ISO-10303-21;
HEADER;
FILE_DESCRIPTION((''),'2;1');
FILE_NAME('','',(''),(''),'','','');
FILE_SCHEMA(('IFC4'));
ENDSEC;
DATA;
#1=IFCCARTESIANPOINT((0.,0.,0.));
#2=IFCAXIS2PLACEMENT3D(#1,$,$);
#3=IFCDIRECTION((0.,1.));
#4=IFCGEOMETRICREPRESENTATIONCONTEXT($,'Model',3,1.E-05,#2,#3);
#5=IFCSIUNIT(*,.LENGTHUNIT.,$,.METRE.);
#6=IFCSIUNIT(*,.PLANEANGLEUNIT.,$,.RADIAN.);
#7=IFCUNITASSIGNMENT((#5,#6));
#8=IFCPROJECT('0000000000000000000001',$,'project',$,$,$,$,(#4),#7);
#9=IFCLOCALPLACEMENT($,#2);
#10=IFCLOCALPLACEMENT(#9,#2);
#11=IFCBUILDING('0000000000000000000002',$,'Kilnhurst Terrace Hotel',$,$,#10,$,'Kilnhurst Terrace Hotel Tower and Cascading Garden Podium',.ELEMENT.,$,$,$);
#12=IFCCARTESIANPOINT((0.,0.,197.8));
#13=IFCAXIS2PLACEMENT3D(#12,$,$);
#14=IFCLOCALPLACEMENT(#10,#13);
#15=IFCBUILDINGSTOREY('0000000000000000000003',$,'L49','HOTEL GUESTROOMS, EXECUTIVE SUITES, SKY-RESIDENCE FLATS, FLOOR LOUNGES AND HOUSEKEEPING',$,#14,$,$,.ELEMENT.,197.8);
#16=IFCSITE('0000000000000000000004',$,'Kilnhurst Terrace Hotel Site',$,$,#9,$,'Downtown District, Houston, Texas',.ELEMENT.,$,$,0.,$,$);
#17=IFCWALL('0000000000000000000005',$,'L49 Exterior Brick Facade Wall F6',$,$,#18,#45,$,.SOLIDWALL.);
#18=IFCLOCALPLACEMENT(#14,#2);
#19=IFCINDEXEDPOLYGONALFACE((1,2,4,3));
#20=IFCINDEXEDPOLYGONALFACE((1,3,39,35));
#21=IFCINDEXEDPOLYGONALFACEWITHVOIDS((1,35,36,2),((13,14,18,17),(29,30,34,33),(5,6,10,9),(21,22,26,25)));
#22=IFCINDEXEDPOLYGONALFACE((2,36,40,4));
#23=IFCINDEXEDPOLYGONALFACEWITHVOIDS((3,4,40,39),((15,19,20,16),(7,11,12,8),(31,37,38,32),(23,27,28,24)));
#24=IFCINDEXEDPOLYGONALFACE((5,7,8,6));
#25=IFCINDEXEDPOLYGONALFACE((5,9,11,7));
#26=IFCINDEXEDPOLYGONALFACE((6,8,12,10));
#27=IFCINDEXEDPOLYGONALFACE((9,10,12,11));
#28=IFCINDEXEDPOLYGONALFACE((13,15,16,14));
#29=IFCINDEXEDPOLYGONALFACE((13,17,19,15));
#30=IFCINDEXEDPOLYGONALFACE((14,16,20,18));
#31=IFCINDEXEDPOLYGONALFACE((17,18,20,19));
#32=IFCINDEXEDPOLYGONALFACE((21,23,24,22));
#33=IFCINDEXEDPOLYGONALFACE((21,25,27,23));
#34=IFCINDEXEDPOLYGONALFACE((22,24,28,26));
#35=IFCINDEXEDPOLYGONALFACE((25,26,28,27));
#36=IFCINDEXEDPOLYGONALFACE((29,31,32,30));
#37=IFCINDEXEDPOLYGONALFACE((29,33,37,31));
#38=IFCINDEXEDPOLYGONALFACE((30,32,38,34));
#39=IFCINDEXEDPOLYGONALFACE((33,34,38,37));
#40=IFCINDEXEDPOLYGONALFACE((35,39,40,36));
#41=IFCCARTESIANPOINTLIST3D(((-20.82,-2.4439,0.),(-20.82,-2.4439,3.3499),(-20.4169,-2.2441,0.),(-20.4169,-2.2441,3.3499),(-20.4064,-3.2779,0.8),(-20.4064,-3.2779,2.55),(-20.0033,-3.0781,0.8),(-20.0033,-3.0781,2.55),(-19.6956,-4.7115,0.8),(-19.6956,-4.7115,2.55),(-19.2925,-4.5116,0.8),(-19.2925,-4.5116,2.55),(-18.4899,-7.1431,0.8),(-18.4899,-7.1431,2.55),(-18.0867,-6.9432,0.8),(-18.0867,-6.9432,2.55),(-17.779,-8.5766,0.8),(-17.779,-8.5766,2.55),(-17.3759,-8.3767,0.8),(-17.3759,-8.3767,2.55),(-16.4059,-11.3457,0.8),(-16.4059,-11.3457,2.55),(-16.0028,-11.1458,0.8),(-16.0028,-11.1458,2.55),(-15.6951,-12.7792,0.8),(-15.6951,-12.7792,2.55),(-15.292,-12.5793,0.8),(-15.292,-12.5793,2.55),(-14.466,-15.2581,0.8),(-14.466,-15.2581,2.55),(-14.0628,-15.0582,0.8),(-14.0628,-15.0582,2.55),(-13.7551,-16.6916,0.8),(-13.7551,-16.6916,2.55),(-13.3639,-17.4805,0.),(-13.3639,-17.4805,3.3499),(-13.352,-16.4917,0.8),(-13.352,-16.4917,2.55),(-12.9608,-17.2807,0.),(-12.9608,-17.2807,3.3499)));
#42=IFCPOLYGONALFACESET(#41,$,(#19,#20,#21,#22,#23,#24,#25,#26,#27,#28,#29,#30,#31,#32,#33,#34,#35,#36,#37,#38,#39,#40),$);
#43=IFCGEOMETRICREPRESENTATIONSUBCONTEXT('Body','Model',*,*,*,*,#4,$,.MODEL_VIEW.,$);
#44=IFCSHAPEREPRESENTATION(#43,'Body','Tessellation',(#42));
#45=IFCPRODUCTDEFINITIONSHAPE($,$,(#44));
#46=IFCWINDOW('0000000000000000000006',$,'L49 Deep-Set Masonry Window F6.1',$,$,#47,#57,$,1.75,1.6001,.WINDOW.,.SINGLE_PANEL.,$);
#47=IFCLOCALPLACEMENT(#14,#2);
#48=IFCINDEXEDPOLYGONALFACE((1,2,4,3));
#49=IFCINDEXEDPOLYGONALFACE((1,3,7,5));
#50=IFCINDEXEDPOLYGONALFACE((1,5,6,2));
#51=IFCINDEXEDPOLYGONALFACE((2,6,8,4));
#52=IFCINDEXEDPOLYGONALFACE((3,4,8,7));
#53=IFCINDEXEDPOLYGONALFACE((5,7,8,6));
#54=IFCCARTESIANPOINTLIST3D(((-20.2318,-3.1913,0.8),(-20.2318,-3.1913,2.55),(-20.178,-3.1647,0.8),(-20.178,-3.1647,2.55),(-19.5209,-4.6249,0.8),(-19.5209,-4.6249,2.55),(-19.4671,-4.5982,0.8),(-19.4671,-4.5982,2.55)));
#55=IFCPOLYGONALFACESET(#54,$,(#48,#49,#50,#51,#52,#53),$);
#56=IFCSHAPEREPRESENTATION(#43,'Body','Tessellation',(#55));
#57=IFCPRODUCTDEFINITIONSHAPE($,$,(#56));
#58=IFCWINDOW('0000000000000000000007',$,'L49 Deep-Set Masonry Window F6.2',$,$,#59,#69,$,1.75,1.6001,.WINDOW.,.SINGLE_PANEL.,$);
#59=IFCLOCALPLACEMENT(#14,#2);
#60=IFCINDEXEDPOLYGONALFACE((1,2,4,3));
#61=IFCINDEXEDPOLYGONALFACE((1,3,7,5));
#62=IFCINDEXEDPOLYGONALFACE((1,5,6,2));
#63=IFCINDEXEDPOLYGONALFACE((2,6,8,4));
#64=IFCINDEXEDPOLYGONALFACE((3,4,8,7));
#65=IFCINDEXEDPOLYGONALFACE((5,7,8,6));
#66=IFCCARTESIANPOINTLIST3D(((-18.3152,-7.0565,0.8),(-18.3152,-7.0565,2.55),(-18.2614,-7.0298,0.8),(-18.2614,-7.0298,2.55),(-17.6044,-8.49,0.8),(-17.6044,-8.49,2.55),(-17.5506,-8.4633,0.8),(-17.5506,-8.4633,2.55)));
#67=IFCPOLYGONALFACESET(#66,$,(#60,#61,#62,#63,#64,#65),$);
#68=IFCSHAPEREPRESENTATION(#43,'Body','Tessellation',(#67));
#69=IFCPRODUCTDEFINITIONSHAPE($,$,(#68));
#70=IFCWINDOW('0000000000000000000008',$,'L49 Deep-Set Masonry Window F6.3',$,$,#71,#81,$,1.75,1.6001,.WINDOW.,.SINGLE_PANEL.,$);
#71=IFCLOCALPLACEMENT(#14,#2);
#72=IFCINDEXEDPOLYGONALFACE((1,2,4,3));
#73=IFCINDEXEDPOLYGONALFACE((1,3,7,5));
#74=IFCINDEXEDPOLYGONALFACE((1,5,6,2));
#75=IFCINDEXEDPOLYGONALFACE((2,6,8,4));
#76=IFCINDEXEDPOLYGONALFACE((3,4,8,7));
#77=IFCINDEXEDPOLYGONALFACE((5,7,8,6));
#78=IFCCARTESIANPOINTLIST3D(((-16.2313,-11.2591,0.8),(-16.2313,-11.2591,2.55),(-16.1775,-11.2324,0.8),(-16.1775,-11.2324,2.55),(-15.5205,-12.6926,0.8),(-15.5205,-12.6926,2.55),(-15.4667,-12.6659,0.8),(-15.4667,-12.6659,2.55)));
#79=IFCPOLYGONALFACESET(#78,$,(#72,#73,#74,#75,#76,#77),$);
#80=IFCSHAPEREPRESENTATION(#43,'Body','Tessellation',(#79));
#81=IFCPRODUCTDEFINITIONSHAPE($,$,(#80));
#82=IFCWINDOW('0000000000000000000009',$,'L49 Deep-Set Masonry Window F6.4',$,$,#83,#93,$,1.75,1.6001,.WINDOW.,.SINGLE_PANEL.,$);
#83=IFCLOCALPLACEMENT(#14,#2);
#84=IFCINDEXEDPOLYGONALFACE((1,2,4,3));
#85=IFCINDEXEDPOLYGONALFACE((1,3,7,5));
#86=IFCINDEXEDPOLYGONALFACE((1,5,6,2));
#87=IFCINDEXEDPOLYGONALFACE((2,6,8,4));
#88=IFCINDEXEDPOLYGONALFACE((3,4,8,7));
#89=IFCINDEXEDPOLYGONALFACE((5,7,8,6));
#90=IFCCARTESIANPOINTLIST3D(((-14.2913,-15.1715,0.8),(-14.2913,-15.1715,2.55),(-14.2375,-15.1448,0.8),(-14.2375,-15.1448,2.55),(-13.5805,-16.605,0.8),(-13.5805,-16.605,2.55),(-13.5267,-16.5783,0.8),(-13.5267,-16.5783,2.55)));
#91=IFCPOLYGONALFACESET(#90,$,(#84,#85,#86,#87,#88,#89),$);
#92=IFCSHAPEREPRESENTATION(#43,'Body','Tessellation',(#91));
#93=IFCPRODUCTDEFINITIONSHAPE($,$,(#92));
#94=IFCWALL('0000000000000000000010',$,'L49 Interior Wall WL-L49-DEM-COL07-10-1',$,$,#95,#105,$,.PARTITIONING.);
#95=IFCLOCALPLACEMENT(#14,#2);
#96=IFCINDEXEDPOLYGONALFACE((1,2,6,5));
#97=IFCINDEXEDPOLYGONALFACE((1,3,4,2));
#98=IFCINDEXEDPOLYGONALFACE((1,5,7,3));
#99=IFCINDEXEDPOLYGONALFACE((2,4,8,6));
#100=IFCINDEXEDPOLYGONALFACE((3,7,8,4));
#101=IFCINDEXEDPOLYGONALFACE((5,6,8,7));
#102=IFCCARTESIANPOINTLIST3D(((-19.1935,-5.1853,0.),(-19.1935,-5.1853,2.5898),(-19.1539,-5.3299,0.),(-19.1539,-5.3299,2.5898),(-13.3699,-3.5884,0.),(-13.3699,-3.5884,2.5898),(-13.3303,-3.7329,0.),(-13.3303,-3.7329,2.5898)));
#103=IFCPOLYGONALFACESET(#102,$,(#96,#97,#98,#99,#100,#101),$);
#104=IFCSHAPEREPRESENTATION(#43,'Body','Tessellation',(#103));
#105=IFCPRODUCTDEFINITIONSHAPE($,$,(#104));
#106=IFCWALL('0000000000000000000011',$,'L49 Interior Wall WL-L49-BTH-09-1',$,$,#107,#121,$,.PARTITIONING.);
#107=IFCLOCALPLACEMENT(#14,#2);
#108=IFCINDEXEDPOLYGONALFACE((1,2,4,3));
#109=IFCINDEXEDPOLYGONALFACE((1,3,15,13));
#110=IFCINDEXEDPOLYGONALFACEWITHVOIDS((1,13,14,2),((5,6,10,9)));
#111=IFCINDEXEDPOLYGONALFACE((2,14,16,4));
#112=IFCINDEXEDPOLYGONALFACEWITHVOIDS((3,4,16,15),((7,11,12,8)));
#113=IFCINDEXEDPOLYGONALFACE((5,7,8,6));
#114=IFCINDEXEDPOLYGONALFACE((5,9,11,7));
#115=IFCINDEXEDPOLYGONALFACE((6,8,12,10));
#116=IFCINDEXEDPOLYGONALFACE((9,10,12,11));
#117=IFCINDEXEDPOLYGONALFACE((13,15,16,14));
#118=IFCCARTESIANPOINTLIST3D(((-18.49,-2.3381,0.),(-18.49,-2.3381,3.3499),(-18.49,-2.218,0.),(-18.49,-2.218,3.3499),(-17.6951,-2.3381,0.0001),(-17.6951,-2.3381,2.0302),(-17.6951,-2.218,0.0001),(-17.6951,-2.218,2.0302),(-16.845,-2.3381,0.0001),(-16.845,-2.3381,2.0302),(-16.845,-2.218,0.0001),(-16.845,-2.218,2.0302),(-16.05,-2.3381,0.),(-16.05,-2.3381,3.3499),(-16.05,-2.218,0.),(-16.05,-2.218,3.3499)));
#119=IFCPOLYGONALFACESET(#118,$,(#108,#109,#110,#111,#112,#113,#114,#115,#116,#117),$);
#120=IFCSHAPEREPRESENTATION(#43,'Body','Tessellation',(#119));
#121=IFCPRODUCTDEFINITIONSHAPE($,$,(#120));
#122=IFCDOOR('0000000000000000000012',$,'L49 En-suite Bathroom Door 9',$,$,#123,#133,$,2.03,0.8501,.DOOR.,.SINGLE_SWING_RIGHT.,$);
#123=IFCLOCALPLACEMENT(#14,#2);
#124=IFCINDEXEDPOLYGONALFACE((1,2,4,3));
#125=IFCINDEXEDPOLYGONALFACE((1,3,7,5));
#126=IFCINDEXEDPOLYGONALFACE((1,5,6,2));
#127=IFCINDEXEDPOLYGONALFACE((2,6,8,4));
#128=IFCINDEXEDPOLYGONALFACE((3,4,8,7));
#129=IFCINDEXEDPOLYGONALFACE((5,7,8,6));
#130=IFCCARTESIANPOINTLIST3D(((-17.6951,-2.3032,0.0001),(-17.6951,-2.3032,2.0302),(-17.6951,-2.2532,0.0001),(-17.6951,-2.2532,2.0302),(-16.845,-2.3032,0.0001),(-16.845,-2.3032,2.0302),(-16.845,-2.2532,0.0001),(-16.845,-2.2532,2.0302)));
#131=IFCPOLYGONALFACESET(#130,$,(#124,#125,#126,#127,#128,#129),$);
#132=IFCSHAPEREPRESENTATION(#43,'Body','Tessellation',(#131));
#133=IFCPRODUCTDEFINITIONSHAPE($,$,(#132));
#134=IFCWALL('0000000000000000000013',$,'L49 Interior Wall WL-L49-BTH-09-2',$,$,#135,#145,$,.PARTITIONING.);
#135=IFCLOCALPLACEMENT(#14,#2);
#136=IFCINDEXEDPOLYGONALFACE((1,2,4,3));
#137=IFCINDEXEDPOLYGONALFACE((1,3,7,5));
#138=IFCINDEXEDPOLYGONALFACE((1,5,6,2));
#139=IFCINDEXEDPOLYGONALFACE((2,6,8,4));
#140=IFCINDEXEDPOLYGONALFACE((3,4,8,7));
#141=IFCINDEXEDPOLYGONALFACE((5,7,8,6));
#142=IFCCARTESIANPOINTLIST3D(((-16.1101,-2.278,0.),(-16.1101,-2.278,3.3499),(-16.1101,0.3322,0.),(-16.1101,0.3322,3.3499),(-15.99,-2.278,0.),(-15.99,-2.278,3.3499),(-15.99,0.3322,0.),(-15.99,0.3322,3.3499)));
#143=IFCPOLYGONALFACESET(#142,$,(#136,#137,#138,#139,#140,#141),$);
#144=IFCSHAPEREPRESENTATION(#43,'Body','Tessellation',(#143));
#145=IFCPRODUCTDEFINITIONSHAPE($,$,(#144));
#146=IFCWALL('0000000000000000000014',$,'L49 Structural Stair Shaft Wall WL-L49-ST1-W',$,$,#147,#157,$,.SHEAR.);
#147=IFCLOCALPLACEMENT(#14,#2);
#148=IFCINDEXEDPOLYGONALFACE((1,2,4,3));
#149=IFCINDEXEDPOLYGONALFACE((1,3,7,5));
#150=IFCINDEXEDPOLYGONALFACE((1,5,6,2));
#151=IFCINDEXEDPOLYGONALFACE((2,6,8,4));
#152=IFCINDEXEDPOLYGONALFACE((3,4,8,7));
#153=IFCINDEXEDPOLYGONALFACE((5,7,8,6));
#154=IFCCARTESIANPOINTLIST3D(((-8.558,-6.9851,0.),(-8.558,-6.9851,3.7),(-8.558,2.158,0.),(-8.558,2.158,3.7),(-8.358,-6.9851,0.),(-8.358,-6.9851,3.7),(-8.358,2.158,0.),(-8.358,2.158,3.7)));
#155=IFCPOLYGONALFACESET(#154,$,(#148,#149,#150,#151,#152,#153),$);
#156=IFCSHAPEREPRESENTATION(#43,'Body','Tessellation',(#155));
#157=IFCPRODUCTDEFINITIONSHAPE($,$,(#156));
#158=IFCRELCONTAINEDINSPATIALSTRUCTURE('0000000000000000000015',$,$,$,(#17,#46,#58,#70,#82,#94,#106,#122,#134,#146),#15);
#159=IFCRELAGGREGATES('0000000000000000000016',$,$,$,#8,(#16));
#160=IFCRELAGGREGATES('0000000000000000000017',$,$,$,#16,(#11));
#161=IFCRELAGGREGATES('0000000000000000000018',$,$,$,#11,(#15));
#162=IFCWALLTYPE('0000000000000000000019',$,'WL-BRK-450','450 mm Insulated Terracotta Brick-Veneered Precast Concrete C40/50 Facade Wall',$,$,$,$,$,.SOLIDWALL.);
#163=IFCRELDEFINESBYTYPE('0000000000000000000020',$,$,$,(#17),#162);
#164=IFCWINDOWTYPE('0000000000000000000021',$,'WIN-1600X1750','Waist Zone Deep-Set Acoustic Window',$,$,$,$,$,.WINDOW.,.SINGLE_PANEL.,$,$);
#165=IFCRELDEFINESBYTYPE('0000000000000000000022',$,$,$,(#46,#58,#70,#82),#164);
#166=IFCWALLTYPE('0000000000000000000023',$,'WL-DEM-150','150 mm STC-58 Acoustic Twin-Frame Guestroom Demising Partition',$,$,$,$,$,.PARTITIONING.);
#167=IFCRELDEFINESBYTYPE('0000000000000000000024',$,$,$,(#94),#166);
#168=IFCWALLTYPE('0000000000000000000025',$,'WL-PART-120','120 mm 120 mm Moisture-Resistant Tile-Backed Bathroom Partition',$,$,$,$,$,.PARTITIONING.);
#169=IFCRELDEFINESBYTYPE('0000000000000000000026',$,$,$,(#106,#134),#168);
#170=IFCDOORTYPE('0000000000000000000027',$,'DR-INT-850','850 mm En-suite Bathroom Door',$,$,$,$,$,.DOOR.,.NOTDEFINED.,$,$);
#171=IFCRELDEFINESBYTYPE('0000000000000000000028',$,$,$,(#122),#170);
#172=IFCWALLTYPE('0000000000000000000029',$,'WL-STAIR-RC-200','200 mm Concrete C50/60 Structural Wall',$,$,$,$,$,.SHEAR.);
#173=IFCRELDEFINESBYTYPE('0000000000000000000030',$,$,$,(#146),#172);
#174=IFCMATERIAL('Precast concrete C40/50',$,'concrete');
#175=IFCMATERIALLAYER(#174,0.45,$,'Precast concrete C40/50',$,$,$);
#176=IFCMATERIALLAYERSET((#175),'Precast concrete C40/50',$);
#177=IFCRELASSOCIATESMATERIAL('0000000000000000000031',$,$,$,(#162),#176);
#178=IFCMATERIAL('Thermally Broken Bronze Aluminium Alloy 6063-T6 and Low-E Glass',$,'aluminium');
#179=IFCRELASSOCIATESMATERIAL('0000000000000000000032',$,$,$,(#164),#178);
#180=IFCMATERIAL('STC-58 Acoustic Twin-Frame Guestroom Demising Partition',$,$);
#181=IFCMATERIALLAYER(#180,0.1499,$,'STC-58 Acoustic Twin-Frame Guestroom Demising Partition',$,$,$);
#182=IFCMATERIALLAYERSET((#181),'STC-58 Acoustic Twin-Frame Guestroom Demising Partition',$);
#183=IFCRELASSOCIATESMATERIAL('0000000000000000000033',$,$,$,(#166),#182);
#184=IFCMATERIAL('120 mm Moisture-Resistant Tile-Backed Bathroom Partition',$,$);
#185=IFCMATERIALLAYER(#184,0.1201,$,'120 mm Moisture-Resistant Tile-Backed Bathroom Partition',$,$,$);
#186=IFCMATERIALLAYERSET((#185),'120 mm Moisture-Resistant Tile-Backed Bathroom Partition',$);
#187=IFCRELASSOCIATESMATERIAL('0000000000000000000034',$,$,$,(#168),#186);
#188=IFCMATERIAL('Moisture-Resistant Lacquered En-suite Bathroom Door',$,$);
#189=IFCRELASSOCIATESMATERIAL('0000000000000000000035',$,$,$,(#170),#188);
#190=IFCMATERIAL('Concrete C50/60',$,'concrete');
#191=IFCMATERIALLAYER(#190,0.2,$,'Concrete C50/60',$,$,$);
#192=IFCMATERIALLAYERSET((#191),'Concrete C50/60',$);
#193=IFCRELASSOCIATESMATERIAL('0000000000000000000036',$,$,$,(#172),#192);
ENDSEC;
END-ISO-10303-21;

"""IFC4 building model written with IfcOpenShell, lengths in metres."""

from ifc_helpers import new_model, si_unit, direction, frame, frame_2d, origin, place, context, subcontext, project, spatial, rectangle, extrude, material, layer, layer_set, type_object, element, fill, save


model = new_model("IFC4")

# Units and contexts
model_context = context("Model", 3, precision=1e-05, world=origin(), true_north=direction((0.0, 1.0)))
body_context = subcontext(model_context, "Body", "Model", "MODEL_VIEW")
ifc_project = project(units=[si_unit("LENGTHUNIT", "METRE"), si_unit("PLANEANGLEUNIT", "RADIAN")], contexts=[model_context])

# Site, building, storey
site_placement = place(None, origin())
site = spatial("IfcSite", under=ifc_project, at=site_placement, Name="Kilnhurst Terrace Hotel Site", LongName="Downtown District, Houston, Texas", CompositionType="ELEMENT", RefElevation=0.0)
building_placement = place(site_placement, origin())
building = spatial("IfcBuilding", under=site, at=building_placement, Name="Kilnhurst Terrace Hotel", LongName="Kilnhurst Terrace Hotel Tower and Cascading Garden Podium", CompositionType="ELEMENT")
storey_placement = place(building_placement, frame((0.0, 0.0, 197.8)))
storey = spatial("IfcBuildingStorey", under=building, at=storey_placement, Name="L49", Description="HOTEL GUESTROOMS, EXECUTIVE SUITES, SKY-RESIDENCE FLATS, FLOOR LOUNGES AND HOUSEKEEPING", CompositionType="ELEMENT", Elevation=197.8)

# Shared definitions
ifc_material_1 = material(Name="Concrete C50/60", Category="concrete")

# Shared definitions
ifc_material_2 = material(Name="Precast concrete C40/50", Category="concrete")
ifc_layer_1 = layer(ifc_material_2, 0.45, Name="Precast concrete C40/50")
ifc_layer_set_1 = layer_set([ifc_layer_1], Name="Precast concrete C40/50")
wall_type_1 = type_object("IfcWallType", Name="WL-BRK-450", Description="450 mm Insulated Terracotta Brick-Veneered Precast Concrete C40/50 Facade Wall", PredefinedType="SOLIDWALL", material=ifc_layer_set_1)

# Wall, openings, windows
wall_1_placement = place(storey_placement, frame((-20.6184, -2.344, 0.0), z_axis=(0.0, 0.0, 1.0), x_axis=(0.444244, -0.895906, 0.0)))
wall_1 = element("IfcWall", 1, at=wall_1_placement, inside=storey, type_object=wall_type_1, Name="L49 Exterior Brick Facade Wall F6", PredefinedType="SOLIDWALL", context=body_context, shape_type="SweptSolid", body=[
    extrude(rectangle(XDim=16.7837, YDim=0.45, at=frame_2d((8.3918, 0.0))), origin(), (0.0, 0.0, 1.0), 3.3499),
])
opening_1_placement = place(wall_1_placement, frame((0.9309, 0.0, 0.8)))
opening_1 = element("IfcOpeningElement", 2, at=opening_1_placement, cuts=wall_1, PredefinedType="OPENING", context=body_context, shape_type="SweptSolid", body=[
    extrude(rectangle(XDim=1.6001, YDim=1.75, at=frame_2d((0.8, 0.875))), frame((0.0, 0.2349, 0.0), z_axis=(0.0, -1.0, 0.0), x_axis=(1.0, 0.0, 0.0)), (0.0, 0.0, 1.0), 0.47),
])
opening_2_placement = place(wall_1_placement, frame((5.2451, 0.0, 0.8)))
opening_2 = element("IfcOpeningElement", 3, at=opening_2_placement, cuts=wall_1, PredefinedType="OPENING", context=body_context, shape_type="SweptSolid", body=[
    extrude(rectangle(XDim=1.6001, YDim=1.75, at=frame_2d((0.8, 0.875))), frame((0.0, 0.2349, 0.0), z_axis=(0.0, -1.0, 0.0), x_axis=(1.0, 0.0, 0.0)), (0.0, 0.0, 1.0), 0.47),
])
opening_3_placement = place(wall_1_placement, frame((9.936, 0.0, 0.8)))
opening_3 = element("IfcOpeningElement", 4, at=opening_3_placement, cuts=wall_1, PredefinedType="OPENING", context=body_context, shape_type="SweptSolid", body=[
    extrude(rectangle(XDim=1.6001, YDim=1.75, at=frame_2d((0.8, 0.875))), frame((0.0, 0.2349, 0.0), z_axis=(0.0, -1.0, 0.0), x_axis=(1.0, 0.0, 0.0)), (0.0, 0.0, 1.0), 0.47),
])
opening_4_placement = place(wall_1_placement, frame((14.303, 0.0, 0.8)))
opening_4 = element("IfcOpeningElement", 5, at=opening_4_placement, cuts=wall_1, PredefinedType="OPENING", context=body_context, shape_type="SweptSolid", body=[
    extrude(rectangle(XDim=1.6001, YDim=1.75, at=frame_2d((0.8, 0.875))), frame((0.0, 0.2349, 0.0), z_axis=(0.0, -1.0, 0.0), x_axis=(1.0, 0.0, 0.0)), (0.0, 0.0, 1.0), 0.47),
])
ifc_material_3 = material(Name="Thermally Broken Bronze Aluminium Alloy 6063-T6 and Low-E Glass", Category="aluminium")
window_type = type_object("IfcWindowType", Name="WIN-1600X1750", Description="Waist Zone Deep-Set Acoustic Window", PartitioningType="SINGLE_PANEL", PredefinedType="WINDOW", material=ifc_material_3)
window_1_placement = place(opening_1_placement, origin())
window_1 = element("IfcWindow", 6, at=window_1_placement, inside=storey, type_object=window_type, Name="L49 Deep-Set Masonry Window F6.1", OverallHeight=1.75, OverallWidth=1.6001, PartitioningType="SINGLE_PANEL", PredefinedType="WINDOW", context=body_context, shape_type="SweptSolid", body=[
    extrude(rectangle(XDim=1.6001, YDim=1.75, at=frame_2d((0.8, 0.875))), frame((0.0, 0.03, 0.0), z_axis=(0.0, -1.0, 0.0), x_axis=(1.0, 0.0, 0.0)), (0.0, 0.0, 1.0), 0.0601),
])
fill(opening_1, window_1)
window_2_placement = place(opening_2_placement, origin())
window_2 = element("IfcWindow", 7, at=window_2_placement, inside=storey, type_object=window_type, Name="L49 Deep-Set Masonry Window F6.2", OverallHeight=1.75, OverallWidth=1.6001, PartitioningType="SINGLE_PANEL", PredefinedType="WINDOW", context=body_context, shape_type="SweptSolid", body=[
    extrude(rectangle(XDim=1.6001, YDim=1.75, at=frame_2d((0.8, 0.875))), frame((0.0, 0.03, 0.0), z_axis=(0.0, -1.0, 0.0), x_axis=(1.0, 0.0, 0.0)), (0.0, 0.0, 1.0), 0.0601),
])
fill(opening_2, window_2)
window_3_placement = place(opening_3_placement, origin())
window_3 = element("IfcWindow", 8, at=window_3_placement, inside=storey, type_object=window_type, Name="L49 Deep-Set Masonry Window F6.3", OverallHeight=1.75, OverallWidth=1.6001, PartitioningType="SINGLE_PANEL", PredefinedType="WINDOW", context=body_context, shape_type="SweptSolid", body=[
    extrude(rectangle(XDim=1.6001, YDim=1.75, at=frame_2d((0.8, 0.875))), frame((0.0, 0.03, 0.0), z_axis=(0.0, -1.0, 0.0), x_axis=(1.0, 0.0, 0.0)), (0.0, 0.0, 1.0), 0.0601),
])
fill(opening_3, window_3)
window_4_placement = place(opening_4_placement, origin())
window_4 = element("IfcWindow", 9, at=window_4_placement, inside=storey, type_object=window_type, Name="L49 Deep-Set Masonry Window F6.4", OverallHeight=1.75, OverallWidth=1.6001, PartitioningType="SINGLE_PANEL", PredefinedType="WINDOW", context=body_context, shape_type="SweptSolid", body=[
    extrude(rectangle(XDim=1.6001, YDim=1.75, at=frame_2d((0.8, 0.875))), frame((0.0, 0.03, 0.0), z_axis=(0.0, -1.0, 0.0), x_axis=(1.0, 0.0, 0.0)), (0.0, 0.0, 1.0), 0.0601),
])
fill(opening_4, window_4)

# Wall
ifc_material_4 = material(Name="STC-58 Acoustic Twin-Frame Guestroom Demising Partition")
ifc_layer_2 = layer(ifc_material_4, 0.1499, Name="STC-58 Acoustic Twin-Frame Guestroom Demising Partition")
ifc_layer_set_2 = layer_set([ifc_layer_2], Name="STC-58 Acoustic Twin-Frame Guestroom Demising Partition")
wall_type_2 = type_object("IfcWallType", Name="WL-DEM-150", Description="150 mm STC-58 Acoustic Twin-Frame Guestroom Demising Partition", PredefinedType="PARTITIONING", material=ifc_layer_set_2)
wall_2_placement = place(storey_placement, frame((-13.3501, -3.6606, 0.0), z_axis=(0.0, 0.0, 1.0), x_axis=(-0.964397, -0.264458, 0.0)))
element("IfcWall", 10, at=wall_2_placement, inside=storey, type_object=wall_type_2, Name="L49 Interior Wall WL-L49-DEM-COL07-10-1", PredefinedType="PARTITIONING", context=body_context, shape_type="SweptSolid", body=[
    extrude(rectangle(XDim=6.0386, YDim=0.1499, at=frame_2d((3.0193, 0.0))), origin(), (0.0, 0.0, 1.0), 2.5898),
])

# Wall, opening, door
ifc_material_5 = material(Name="120 mm Moisture-Resistant Tile-Backed Bathroom Partition")
ifc_layer_3 = layer(ifc_material_5, 0.1201, Name="120 mm Moisture-Resistant Tile-Backed Bathroom Partition")
ifc_layer_set_3 = layer_set([ifc_layer_3], Name="120 mm Moisture-Resistant Tile-Backed Bathroom Partition")
wall_type_3 = type_object("IfcWallType", Name="WL-PART-120", Description="120 mm 120 mm Moisture-Resistant Tile-Backed Bathroom Partition", PredefinedType="PARTITIONING", material=ifc_layer_set_3)
wall_3_placement = place(storey_placement, frame((-18.49, -2.2781, 0.0), z_axis=(0.0, 0.0, 1.0), x_axis=(1.0, 0.0, 0.0)))
wall_3 = element("IfcWall", 11, at=wall_3_placement, inside=storey, type_object=wall_type_3, Name="L49 Interior Wall WL-L49-BTH-09-1", PredefinedType="PARTITIONING", context=body_context, shape_type="SweptSolid", body=[
    extrude(rectangle(XDim=2.4399, YDim=0.1201, at=frame_2d((1.22, 0.0))), origin(), (0.0, 0.0, 1.0), 3.3499),
])
opening_5_placement = place(wall_3_placement, frame((0.7949, 0.0, 0.0)))
opening_5 = element("IfcOpeningElement", 12, at=opening_5_placement, cuts=wall_3, PredefinedType="OPENING", context=body_context, shape_type="SweptSolid", body=[
    extrude(rectangle(XDim=0.8501, YDim=2.03, at=frame_2d((0.425, 1.0151))), frame((0.0, 0.0701, 0.0), z_axis=(0.0, -1.0, 0.0), x_axis=(1.0, 0.0, 0.0)), (0.0, 0.0, 1.0), 0.1401),
])
ifc_material_6 = material(Name="Moisture-Resistant Lacquered En-suite Bathroom Door")
door_type_1 = type_object("IfcDoorType", Name="DR-INT-850", Description="850 mm En-suite Bathroom Door", OperationType="NOTDEFINED", PredefinedType="DOOR", material=ifc_material_6)
door_1_placement = place(opening_5_placement, origin())
door_1 = element("IfcDoor", 13, at=door_1_placement, inside=storey, type_object=door_type_1, Name="L49 En-suite Bathroom Door 9", OperationType="SINGLE_SWING_RIGHT", OverallHeight=2.03, OverallWidth=0.8501, PredefinedType="DOOR", context=body_context, shape_type="SweptSolid", body=[
    extrude(rectangle(XDim=0.8501, YDim=2.03, at=frame_2d((0.425, 1.0151))), frame((0.0, 0.0249, 0.0), z_axis=(0.0, -1.0, 0.0), x_axis=(1.0, 0.0, 0.0)), (0.0, 0.0, 1.0), 0.05),
])
fill(opening_5, door_1)

# Walls
wall_4_placement = place(storey_placement, frame((-16.05, -2.2781, 0.0), z_axis=(0.0, 0.0, 1.0), x_axis=(0.0, 1.0, 0.0)))
element("IfcWall", 14, at=wall_4_placement, inside=storey, type_object=wall_type_3, Name="L49 Interior Wall WL-L49-BTH-09-2", PredefinedType="PARTITIONING", context=body_context, shape_type="SweptSolid", body=[
    extrude(rectangle(XDim=2.6101, YDim=0.1201, at=frame_2d((1.3052, 0.0))), origin(), (0.0, 0.0, 1.0), 3.3499),
])
ifc_layer_4 = layer(ifc_material_1, 0.2, Name="Concrete C50/60")
ifc_layer_set_4 = layer_set([ifc_layer_4], Name="Concrete C50/60")
wall_type_4 = type_object("IfcWallType", Name="WL-STAIR-RC-200", Description="200 mm Concrete C50/60 Structural Wall", PredefinedType="SHEAR", material=ifc_layer_set_4)
wall_5_placement = place(storey_placement, frame((-8.458, -6.9851, 0.0), z_axis=(0.0, 0.0, 1.0), x_axis=(0.0, 1.0, 0.0)))
element("IfcWall", 15, at=wall_5_placement, inside=storey, type_object=wall_type_4, Name="L49 Structural Stair Shaft Wall WL-L49-ST1-W", PredefinedType="SHEAR", context=body_context, shape_type="SweptSolid", body=[
    extrude(rectangle(XDim=9.1431, YDim=0.2, at=frame_2d((4.5715, 0.0))), origin(), (0.0, 0.0, 1.0), 3.7),
])

save(model, "model.ifc")
